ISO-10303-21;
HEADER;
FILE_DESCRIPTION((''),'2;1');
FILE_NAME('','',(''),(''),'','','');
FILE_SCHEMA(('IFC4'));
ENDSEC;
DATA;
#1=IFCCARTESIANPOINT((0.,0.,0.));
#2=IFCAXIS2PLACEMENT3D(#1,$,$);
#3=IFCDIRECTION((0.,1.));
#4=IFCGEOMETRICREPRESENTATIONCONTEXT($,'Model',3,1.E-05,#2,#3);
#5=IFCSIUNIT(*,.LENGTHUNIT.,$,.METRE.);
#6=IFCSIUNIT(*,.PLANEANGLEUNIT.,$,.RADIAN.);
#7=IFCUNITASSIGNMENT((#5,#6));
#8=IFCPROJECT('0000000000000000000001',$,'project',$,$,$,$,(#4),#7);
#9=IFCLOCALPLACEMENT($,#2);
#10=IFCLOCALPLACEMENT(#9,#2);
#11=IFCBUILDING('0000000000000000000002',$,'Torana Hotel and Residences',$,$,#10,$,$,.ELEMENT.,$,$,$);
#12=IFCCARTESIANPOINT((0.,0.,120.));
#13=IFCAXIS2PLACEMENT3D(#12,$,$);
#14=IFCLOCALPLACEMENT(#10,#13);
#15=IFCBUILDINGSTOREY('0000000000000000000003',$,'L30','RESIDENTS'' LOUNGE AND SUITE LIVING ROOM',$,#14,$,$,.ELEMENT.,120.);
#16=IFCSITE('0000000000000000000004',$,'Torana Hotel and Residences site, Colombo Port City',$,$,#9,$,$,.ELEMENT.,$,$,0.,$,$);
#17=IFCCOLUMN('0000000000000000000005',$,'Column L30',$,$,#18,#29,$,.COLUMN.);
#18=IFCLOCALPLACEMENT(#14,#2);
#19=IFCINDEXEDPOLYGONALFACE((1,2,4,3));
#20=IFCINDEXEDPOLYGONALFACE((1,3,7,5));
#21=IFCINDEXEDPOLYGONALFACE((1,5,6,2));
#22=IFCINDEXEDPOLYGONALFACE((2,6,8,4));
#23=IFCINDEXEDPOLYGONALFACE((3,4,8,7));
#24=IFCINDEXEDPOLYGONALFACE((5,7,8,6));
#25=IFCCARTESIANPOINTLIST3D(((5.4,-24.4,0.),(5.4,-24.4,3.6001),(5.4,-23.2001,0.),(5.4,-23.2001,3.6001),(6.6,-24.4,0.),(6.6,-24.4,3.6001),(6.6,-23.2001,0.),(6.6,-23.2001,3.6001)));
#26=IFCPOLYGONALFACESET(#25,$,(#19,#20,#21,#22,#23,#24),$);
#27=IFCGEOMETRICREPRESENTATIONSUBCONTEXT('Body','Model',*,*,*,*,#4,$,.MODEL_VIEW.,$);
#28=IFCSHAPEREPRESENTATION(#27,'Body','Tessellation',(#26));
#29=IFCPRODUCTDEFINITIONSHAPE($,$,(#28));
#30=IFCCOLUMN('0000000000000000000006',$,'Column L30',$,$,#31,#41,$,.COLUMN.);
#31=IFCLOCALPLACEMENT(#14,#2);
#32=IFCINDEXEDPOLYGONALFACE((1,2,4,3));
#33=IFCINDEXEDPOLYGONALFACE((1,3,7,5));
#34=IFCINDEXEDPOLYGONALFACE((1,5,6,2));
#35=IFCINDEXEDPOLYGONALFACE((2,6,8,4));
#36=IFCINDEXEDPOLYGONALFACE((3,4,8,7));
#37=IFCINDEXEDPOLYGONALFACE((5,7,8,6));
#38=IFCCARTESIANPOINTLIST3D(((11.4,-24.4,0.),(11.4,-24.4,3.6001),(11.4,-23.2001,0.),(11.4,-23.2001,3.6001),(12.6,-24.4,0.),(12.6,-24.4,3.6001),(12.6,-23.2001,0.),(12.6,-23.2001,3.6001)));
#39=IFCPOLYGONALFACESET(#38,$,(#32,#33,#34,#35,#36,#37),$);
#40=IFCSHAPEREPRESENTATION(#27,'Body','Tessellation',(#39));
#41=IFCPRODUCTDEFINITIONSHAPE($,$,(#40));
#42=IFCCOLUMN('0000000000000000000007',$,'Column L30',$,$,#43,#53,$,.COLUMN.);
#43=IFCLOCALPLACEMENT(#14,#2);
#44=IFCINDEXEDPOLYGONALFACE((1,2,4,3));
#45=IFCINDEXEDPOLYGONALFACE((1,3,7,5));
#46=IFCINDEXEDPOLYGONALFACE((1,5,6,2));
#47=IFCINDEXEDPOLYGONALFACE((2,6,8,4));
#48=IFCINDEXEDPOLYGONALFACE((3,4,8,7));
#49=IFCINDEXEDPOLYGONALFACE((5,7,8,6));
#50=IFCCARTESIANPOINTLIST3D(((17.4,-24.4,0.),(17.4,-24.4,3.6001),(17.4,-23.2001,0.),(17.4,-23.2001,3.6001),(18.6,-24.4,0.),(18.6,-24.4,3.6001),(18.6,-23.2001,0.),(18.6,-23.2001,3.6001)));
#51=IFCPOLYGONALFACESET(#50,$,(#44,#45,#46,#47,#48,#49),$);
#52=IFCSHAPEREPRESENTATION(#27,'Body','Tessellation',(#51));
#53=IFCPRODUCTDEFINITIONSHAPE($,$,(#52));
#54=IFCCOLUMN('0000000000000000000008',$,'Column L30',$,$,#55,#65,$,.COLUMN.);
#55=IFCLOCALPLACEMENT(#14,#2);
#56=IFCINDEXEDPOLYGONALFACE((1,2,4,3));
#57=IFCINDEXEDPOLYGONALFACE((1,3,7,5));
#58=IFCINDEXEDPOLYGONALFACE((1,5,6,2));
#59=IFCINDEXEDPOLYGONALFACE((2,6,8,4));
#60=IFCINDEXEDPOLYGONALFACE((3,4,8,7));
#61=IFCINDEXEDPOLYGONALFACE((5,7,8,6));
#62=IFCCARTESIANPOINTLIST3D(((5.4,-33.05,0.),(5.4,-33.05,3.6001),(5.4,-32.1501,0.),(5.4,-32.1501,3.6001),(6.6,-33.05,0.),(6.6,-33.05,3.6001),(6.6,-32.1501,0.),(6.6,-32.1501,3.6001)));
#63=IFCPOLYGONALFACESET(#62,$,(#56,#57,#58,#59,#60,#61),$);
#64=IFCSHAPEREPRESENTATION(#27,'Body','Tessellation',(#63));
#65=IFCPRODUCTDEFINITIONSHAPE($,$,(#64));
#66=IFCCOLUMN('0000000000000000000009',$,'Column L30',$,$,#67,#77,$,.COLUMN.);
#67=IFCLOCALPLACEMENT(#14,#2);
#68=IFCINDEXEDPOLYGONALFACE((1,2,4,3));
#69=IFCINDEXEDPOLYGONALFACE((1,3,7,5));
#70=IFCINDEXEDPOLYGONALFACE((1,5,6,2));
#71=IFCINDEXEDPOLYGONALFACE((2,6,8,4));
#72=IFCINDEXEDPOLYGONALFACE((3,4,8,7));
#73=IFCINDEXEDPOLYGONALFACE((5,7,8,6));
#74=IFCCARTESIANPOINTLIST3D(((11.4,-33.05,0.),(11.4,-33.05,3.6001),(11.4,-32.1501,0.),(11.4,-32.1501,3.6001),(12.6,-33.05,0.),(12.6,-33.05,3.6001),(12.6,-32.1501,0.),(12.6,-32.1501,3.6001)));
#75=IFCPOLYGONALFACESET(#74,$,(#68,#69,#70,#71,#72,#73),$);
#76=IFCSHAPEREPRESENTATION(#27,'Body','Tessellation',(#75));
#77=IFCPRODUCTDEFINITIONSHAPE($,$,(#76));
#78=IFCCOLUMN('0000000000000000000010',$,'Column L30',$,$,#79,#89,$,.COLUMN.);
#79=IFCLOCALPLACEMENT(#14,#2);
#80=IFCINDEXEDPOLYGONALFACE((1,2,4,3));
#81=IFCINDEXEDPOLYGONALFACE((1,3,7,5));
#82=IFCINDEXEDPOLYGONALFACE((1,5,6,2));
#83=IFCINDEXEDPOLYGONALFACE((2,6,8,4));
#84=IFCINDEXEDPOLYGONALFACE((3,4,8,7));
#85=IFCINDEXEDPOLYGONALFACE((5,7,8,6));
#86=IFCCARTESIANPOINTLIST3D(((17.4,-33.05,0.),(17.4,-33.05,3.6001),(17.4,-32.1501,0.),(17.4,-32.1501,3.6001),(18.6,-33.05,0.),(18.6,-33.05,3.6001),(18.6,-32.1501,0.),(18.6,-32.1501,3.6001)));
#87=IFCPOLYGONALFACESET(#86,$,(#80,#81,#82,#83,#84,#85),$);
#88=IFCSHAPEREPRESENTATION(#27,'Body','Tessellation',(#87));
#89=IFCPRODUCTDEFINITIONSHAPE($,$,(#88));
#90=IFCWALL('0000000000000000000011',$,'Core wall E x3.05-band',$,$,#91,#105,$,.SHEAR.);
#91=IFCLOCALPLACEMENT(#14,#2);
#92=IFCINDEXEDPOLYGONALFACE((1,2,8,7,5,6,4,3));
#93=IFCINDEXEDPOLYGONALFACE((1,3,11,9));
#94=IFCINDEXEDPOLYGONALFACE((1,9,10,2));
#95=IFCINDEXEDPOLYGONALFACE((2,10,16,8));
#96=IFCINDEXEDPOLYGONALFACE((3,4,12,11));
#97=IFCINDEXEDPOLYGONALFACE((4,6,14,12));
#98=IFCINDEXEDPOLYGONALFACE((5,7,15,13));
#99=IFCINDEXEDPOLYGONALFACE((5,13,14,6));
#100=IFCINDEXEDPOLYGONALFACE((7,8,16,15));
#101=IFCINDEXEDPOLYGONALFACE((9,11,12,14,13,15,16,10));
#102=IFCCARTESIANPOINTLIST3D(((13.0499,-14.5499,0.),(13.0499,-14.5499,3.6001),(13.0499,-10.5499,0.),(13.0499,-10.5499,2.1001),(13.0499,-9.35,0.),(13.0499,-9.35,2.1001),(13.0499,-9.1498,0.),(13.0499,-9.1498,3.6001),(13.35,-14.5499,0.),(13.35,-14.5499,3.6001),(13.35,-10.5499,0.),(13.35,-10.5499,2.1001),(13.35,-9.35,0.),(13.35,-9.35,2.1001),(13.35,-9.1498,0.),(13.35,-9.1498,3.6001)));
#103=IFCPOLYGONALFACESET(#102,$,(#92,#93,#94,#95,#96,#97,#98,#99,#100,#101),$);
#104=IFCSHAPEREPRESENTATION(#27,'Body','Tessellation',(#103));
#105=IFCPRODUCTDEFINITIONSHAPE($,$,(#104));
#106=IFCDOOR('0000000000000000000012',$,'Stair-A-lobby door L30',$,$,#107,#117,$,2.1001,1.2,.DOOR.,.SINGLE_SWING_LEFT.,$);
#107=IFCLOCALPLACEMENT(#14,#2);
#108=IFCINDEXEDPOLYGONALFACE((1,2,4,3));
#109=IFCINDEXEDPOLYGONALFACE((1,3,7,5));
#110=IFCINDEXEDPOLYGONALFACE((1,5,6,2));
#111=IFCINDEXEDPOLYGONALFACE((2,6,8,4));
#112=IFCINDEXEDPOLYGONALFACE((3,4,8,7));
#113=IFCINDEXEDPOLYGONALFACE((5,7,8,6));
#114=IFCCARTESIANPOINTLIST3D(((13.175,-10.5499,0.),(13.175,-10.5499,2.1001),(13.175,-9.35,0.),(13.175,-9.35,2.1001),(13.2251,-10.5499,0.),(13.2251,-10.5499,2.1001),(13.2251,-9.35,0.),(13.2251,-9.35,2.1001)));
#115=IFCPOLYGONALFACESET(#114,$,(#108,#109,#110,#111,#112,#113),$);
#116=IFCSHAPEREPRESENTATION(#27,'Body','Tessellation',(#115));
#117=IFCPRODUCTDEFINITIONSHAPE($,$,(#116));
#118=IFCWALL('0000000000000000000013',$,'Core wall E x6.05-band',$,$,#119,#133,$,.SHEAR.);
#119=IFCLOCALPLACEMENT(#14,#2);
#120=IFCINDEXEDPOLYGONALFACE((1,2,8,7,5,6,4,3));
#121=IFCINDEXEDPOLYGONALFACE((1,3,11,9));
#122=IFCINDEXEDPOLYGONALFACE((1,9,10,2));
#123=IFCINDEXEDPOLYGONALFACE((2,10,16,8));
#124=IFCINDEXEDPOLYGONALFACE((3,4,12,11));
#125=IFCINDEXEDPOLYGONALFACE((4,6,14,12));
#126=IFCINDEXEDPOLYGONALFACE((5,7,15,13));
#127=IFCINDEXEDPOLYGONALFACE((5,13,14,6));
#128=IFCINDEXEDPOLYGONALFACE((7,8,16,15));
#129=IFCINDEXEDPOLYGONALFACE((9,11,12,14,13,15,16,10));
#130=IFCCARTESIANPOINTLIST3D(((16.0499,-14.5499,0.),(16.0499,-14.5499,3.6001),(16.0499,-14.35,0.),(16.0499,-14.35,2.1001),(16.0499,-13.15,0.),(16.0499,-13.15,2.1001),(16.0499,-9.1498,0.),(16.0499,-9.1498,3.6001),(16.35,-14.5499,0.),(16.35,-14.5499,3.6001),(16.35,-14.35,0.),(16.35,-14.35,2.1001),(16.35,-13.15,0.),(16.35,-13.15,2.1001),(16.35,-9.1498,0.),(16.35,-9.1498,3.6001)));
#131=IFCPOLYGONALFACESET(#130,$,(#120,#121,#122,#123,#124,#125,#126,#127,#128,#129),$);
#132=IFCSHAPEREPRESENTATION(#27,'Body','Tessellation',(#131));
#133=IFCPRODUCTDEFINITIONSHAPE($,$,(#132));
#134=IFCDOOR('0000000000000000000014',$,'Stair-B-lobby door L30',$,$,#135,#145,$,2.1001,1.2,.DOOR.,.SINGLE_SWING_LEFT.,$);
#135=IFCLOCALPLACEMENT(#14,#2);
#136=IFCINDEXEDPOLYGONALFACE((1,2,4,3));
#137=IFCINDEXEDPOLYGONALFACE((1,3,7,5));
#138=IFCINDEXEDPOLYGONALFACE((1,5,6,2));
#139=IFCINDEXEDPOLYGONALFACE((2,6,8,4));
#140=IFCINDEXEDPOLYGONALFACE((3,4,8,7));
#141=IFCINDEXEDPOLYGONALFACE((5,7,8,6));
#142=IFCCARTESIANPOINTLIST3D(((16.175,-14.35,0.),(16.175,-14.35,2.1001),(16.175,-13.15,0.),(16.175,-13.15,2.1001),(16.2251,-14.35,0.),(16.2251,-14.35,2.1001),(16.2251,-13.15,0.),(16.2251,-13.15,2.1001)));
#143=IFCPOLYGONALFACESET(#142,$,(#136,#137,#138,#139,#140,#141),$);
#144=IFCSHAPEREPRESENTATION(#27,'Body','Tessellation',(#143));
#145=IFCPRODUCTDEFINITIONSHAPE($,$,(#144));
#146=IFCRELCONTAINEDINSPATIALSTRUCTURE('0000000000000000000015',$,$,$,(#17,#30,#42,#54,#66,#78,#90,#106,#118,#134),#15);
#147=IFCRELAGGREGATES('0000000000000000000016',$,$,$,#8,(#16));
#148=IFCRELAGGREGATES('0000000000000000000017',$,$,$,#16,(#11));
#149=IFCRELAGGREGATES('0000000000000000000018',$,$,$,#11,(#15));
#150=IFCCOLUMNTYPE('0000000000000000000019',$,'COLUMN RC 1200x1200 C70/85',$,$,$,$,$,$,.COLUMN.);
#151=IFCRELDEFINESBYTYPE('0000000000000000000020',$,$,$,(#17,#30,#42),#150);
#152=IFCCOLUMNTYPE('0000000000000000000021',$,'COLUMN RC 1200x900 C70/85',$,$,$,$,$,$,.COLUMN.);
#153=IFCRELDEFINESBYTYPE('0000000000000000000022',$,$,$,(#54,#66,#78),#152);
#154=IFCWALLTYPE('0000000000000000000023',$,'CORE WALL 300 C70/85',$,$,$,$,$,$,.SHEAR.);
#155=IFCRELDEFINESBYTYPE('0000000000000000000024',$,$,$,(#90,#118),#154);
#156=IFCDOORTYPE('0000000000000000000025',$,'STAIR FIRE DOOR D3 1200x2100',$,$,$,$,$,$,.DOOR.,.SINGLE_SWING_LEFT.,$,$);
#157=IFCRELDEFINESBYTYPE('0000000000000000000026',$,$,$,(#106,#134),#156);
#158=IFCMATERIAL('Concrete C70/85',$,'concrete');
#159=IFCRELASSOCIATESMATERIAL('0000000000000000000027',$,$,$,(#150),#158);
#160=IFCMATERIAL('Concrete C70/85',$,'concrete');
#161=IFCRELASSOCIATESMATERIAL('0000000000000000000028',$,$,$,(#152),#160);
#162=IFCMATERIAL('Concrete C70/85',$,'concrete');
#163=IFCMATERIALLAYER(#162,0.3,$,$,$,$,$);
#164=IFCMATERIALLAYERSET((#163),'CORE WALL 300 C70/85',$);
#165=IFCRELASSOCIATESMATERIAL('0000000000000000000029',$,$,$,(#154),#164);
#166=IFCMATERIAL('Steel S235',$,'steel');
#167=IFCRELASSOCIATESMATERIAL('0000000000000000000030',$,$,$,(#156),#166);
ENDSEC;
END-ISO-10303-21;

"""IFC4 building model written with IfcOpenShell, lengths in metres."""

from ifc_helpers import new_model, si_unit, direction, frame, frame_2d, origin, origin_2d, place, context, subcontext, project, spatial, rectangle, extrude, material, layer, layer_set, material_profile, profile_set, type_object, element, fill, save


model = new_model("IFC4")

# Units and contexts
model_context = context("Model", 3, precision=1e-05, world=origin(), true_north=direction((0.0, 1.0)))
body_context = subcontext(model_context, "Body", "Model", "MODEL_VIEW")
ifc_project = project(units=[si_unit("LENGTHUNIT", "METRE"), si_unit("PLANEANGLEUNIT", "RADIAN")], contexts=[model_context])

# Site, building, storey
site_placement = place(None, origin())
site = spatial("IfcSite", under=ifc_project, at=site_placement, Name="Torana Hotel and Residences site, Colombo Port City", CompositionType="ELEMENT", RefElevation=0.0)
building_placement = place(site_placement, origin())
building = spatial("IfcBuilding", under=site, at=building_placement, Name="Torana Hotel and Residences", CompositionType="ELEMENT")
storey_placement = place(building_placement, frame((0.0, 0.0, 120.0)))
storey = spatial("IfcBuildingStorey", under=building, at=storey_placement, Name="L30", Description="RESIDENTS' LOUNGE AND SUITE LIVING ROOM", CompositionType="ELEMENT", Elevation=120.0)

# Columns
ifc_material_1 = material(Name="Concrete C70/85", Category="concrete")
ifc_material_profile_1 = material_profile(ifc_material_1, rectangle(XDim=1.2, YDim=1.2, at=origin_2d()), Name="RC 1200x1200")
ifc_profile_set_1 = profile_set([ifc_material_profile_1], Name="Concrete C70/85")
column_type_1 = type_object("IfcColumnType", Name="COLUMN RC 1200x1200 C70/85", PredefinedType="COLUMN", material=ifc_profile_set_1)
for number, where, z_axis, x_axis, name in (
    (1, (6.0, -23.8, 0.0), (0.0, 0.0, 1.0), (1.0, 0.0, 0.0), "Column L30"),
    (2, (12.0, -23.8, 0.0), (0.0, 0.0, 1.0), (1.0, 0.0, 0.0), "Column L30"),
    (3, (18.0, -23.8, 0.0), (0.0, 0.0, 1.0), (1.0, 0.0, 0.0), "Column L30"),
):
    element("IfcColumn", number, at=place(storey_placement, frame(where, z_axis=z_axis, x_axis=x_axis)), inside=storey, type_object=column_type_1, Name=name, PredefinedType="COLUMN", context=body_context, shape_type="SweptSolid", body=[
        extrude(rectangle(XDim=1.2, YDim=1.2, at=origin_2d()), origin(), (0.0, 0.0, 1.0), 3.6001),
    ])
ifc_material_2 = material(Name="Concrete C70/85", Category="concrete")
ifc_material_profile_2 = material_profile(ifc_material_2, rectangle(XDim=1.2, YDim=0.8999, at=origin_2d()), Name="RC 1200x900")
ifc_profile_set_2 = profile_set([ifc_material_profile_2], Name="Concrete C70/85")
column_type_2 = type_object("IfcColumnType", Name="COLUMN RC 1200x900 C70/85", PredefinedType="COLUMN", material=ifc_profile_set_2)
for number, where, z_axis, x_axis, name in (
    (4, (6.0, -32.6001, 0.0), (0.0, 0.0, 1.0), (1.0, 0.0, 0.0), "Column L30"),
    (5, (12.0, -32.6001, 0.0), (0.0, 0.0, 1.0), (1.0, 0.0, 0.0), "Column L30"),
    (6, (18.0, -32.6001, 0.0), (0.0, 0.0, 1.0), (1.0, 0.0, 0.0), "Column L30"),
):
    element("IfcColumn", number, at=place(storey_placement, frame(where, z_axis=z_axis, x_axis=x_axis)), inside=storey, type_object=column_type_2, Name=name, PredefinedType="COLUMN", context=body_context, shape_type="SweptSolid", body=[
        extrude(rectangle(XDim=1.2, YDim=0.8999, at=origin_2d()), origin(), (0.0, 0.0, 1.0), 3.6001),
    ])

# Walls, openings, doors
ifc_material_3 = material(Name="Concrete C70/85", Category="concrete")
ifc_layer_1 = layer(ifc_material_3, 0.3)
ifc_layer_set_1 = layer_set([ifc_layer_1], Name="CORE WALL 300 C70/85")
wall_type_1 = type_object("IfcWallType", Name="CORE WALL 300 C70/85", PredefinedType="SHEAR", material=ifc_layer_set_1)
wall_1_placement = place(storey_placement, frame((13.2, -14.55, 0.0), z_axis=(0.0, 0.0, 1.0), x_axis=(0.0, 1.0, 0.0)))
wall_1 = element("IfcWall", 7, at=wall_1_placement, inside=storey, type_object=wall_type_1, Name="Core wall E x3.05-band", PredefinedType="SHEAR", context=body_context, shape_type="SweptSolid", body=[
    extrude(rectangle(XDim=5.4001, YDim=0.3, at=frame_2d((2.7002, 0.0))), origin(), (0.0, 0.0, 1.0), 3.6001),
])
opening_1_placement = place(wall_1_placement, frame((4.0, 0.0, 0.0)))
opening_1 = element("IfcOpeningElement", 8, at=opening_1_placement, cuts=wall_1, PredefinedType="OPENING", context=body_context, shape_type="SweptSolid", body=[
    extrude(rectangle(XDim=1.2, YDim=2.1001, at=frame_2d((0.6001, 1.05))), frame((0.0, 0.1599, 0.0), z_axis=(0.0, -1.0, 0.0), x_axis=(1.0, 0.0, 0.0)), (0.0, 0.0, 1.0), 0.3201),
])
ifc_material_4 = material(Name="Steel S235", Category="steel")
door_type_1 = type_object("IfcDoorType", Name="STAIR FIRE DOOR D3 1200x2100", OperationType="SINGLE_SWING_LEFT", PredefinedType="DOOR", material=ifc_material_4)
door_1_placement = place(opening_1_placement, origin())
door_1 = element("IfcDoor", 9, at=door_1_placement, inside=storey, type_object=door_type_1, Name="Stair-A-lobby door L30", OperationType="SINGLE_SWING_LEFT", OverallHeight=2.1001, OverallWidth=1.2, PredefinedType="DOOR", context=body_context, shape_type="SweptSolid", body=[
    extrude(rectangle(XDim=1.2, YDim=2.1001, at=frame_2d((0.6001, 1.05))), frame((0.0, 0.0249, 0.0), z_axis=(0.0, -1.0, 0.0), x_axis=(1.0, 0.0, 0.0)), (0.0, 0.0, 1.0), 0.05),
])
fill(opening_1, door_1)
wall_2_placement = place(storey_placement, frame((16.2, -14.55, 0.0), z_axis=(0.0, 0.0, 1.0), x_axis=(0.0, 1.0, 0.0)))
wall_2 = element("IfcWall", 10, at=wall_2_placement, inside=storey, type_object=wall_type_1, Name="Core wall E x6.05-band", PredefinedType="SHEAR", context=body_context, shape_type="SweptSolid", body=[
    extrude(rectangle(XDim=5.4001, YDim=0.3, at=frame_2d((2.7002, 0.0))), origin(), (0.0, 0.0, 1.0), 3.6001),
])
opening_2_placement = place(wall_2_placement, frame((0.2, 0.0, 0.0)))
opening_2 = element("IfcOpeningElement", 11, at=opening_2_placement, cuts=wall_2, PredefinedType="OPENING", context=body_context, shape_type="SweptSolid", body=[
    extrude(rectangle(XDim=1.2, YDim=2.1001, at=frame_2d((0.6001, 1.05))), frame((0.0, 0.1599, 0.0), z_axis=(0.0, -1.0, 0.0), x_axis=(1.0, 0.0, 0.0)), (0.0, 0.0, 1.0), 0.3201),
])
door_2_placement = place(opening_2_placement, frame((0.6001, 0.0, 0.0), z_axis=(0.0, 0.0, 1.0), x_axis=(-1.0, 0.0, 0.0)))
door_2 = element("IfcDoor", 12, at=door_2_placement, inside=storey, type_object=door_type_1, Name="Stair-B-lobby door L30", OperationType="SINGLE_SWING_LEFT", OverallHeight=2.1001, OverallWidth=1.2, PredefinedType="DOOR", context=body_context, shape_type="SweptSolid", body=[
    extrude(rectangle(XDim=1.2, YDim=2.1001, at=frame_2d((0.0, 1.05))), frame((0.0, -0.0249, 0.0), z_axis=(0.0, 1.0, 0.0), x_axis=(-1.0, 0.0, 0.0)), (0.0, 0.0, 1.0), 0.05),
])
fill(opening_2, door_2)

save(model, "model.ifc")
